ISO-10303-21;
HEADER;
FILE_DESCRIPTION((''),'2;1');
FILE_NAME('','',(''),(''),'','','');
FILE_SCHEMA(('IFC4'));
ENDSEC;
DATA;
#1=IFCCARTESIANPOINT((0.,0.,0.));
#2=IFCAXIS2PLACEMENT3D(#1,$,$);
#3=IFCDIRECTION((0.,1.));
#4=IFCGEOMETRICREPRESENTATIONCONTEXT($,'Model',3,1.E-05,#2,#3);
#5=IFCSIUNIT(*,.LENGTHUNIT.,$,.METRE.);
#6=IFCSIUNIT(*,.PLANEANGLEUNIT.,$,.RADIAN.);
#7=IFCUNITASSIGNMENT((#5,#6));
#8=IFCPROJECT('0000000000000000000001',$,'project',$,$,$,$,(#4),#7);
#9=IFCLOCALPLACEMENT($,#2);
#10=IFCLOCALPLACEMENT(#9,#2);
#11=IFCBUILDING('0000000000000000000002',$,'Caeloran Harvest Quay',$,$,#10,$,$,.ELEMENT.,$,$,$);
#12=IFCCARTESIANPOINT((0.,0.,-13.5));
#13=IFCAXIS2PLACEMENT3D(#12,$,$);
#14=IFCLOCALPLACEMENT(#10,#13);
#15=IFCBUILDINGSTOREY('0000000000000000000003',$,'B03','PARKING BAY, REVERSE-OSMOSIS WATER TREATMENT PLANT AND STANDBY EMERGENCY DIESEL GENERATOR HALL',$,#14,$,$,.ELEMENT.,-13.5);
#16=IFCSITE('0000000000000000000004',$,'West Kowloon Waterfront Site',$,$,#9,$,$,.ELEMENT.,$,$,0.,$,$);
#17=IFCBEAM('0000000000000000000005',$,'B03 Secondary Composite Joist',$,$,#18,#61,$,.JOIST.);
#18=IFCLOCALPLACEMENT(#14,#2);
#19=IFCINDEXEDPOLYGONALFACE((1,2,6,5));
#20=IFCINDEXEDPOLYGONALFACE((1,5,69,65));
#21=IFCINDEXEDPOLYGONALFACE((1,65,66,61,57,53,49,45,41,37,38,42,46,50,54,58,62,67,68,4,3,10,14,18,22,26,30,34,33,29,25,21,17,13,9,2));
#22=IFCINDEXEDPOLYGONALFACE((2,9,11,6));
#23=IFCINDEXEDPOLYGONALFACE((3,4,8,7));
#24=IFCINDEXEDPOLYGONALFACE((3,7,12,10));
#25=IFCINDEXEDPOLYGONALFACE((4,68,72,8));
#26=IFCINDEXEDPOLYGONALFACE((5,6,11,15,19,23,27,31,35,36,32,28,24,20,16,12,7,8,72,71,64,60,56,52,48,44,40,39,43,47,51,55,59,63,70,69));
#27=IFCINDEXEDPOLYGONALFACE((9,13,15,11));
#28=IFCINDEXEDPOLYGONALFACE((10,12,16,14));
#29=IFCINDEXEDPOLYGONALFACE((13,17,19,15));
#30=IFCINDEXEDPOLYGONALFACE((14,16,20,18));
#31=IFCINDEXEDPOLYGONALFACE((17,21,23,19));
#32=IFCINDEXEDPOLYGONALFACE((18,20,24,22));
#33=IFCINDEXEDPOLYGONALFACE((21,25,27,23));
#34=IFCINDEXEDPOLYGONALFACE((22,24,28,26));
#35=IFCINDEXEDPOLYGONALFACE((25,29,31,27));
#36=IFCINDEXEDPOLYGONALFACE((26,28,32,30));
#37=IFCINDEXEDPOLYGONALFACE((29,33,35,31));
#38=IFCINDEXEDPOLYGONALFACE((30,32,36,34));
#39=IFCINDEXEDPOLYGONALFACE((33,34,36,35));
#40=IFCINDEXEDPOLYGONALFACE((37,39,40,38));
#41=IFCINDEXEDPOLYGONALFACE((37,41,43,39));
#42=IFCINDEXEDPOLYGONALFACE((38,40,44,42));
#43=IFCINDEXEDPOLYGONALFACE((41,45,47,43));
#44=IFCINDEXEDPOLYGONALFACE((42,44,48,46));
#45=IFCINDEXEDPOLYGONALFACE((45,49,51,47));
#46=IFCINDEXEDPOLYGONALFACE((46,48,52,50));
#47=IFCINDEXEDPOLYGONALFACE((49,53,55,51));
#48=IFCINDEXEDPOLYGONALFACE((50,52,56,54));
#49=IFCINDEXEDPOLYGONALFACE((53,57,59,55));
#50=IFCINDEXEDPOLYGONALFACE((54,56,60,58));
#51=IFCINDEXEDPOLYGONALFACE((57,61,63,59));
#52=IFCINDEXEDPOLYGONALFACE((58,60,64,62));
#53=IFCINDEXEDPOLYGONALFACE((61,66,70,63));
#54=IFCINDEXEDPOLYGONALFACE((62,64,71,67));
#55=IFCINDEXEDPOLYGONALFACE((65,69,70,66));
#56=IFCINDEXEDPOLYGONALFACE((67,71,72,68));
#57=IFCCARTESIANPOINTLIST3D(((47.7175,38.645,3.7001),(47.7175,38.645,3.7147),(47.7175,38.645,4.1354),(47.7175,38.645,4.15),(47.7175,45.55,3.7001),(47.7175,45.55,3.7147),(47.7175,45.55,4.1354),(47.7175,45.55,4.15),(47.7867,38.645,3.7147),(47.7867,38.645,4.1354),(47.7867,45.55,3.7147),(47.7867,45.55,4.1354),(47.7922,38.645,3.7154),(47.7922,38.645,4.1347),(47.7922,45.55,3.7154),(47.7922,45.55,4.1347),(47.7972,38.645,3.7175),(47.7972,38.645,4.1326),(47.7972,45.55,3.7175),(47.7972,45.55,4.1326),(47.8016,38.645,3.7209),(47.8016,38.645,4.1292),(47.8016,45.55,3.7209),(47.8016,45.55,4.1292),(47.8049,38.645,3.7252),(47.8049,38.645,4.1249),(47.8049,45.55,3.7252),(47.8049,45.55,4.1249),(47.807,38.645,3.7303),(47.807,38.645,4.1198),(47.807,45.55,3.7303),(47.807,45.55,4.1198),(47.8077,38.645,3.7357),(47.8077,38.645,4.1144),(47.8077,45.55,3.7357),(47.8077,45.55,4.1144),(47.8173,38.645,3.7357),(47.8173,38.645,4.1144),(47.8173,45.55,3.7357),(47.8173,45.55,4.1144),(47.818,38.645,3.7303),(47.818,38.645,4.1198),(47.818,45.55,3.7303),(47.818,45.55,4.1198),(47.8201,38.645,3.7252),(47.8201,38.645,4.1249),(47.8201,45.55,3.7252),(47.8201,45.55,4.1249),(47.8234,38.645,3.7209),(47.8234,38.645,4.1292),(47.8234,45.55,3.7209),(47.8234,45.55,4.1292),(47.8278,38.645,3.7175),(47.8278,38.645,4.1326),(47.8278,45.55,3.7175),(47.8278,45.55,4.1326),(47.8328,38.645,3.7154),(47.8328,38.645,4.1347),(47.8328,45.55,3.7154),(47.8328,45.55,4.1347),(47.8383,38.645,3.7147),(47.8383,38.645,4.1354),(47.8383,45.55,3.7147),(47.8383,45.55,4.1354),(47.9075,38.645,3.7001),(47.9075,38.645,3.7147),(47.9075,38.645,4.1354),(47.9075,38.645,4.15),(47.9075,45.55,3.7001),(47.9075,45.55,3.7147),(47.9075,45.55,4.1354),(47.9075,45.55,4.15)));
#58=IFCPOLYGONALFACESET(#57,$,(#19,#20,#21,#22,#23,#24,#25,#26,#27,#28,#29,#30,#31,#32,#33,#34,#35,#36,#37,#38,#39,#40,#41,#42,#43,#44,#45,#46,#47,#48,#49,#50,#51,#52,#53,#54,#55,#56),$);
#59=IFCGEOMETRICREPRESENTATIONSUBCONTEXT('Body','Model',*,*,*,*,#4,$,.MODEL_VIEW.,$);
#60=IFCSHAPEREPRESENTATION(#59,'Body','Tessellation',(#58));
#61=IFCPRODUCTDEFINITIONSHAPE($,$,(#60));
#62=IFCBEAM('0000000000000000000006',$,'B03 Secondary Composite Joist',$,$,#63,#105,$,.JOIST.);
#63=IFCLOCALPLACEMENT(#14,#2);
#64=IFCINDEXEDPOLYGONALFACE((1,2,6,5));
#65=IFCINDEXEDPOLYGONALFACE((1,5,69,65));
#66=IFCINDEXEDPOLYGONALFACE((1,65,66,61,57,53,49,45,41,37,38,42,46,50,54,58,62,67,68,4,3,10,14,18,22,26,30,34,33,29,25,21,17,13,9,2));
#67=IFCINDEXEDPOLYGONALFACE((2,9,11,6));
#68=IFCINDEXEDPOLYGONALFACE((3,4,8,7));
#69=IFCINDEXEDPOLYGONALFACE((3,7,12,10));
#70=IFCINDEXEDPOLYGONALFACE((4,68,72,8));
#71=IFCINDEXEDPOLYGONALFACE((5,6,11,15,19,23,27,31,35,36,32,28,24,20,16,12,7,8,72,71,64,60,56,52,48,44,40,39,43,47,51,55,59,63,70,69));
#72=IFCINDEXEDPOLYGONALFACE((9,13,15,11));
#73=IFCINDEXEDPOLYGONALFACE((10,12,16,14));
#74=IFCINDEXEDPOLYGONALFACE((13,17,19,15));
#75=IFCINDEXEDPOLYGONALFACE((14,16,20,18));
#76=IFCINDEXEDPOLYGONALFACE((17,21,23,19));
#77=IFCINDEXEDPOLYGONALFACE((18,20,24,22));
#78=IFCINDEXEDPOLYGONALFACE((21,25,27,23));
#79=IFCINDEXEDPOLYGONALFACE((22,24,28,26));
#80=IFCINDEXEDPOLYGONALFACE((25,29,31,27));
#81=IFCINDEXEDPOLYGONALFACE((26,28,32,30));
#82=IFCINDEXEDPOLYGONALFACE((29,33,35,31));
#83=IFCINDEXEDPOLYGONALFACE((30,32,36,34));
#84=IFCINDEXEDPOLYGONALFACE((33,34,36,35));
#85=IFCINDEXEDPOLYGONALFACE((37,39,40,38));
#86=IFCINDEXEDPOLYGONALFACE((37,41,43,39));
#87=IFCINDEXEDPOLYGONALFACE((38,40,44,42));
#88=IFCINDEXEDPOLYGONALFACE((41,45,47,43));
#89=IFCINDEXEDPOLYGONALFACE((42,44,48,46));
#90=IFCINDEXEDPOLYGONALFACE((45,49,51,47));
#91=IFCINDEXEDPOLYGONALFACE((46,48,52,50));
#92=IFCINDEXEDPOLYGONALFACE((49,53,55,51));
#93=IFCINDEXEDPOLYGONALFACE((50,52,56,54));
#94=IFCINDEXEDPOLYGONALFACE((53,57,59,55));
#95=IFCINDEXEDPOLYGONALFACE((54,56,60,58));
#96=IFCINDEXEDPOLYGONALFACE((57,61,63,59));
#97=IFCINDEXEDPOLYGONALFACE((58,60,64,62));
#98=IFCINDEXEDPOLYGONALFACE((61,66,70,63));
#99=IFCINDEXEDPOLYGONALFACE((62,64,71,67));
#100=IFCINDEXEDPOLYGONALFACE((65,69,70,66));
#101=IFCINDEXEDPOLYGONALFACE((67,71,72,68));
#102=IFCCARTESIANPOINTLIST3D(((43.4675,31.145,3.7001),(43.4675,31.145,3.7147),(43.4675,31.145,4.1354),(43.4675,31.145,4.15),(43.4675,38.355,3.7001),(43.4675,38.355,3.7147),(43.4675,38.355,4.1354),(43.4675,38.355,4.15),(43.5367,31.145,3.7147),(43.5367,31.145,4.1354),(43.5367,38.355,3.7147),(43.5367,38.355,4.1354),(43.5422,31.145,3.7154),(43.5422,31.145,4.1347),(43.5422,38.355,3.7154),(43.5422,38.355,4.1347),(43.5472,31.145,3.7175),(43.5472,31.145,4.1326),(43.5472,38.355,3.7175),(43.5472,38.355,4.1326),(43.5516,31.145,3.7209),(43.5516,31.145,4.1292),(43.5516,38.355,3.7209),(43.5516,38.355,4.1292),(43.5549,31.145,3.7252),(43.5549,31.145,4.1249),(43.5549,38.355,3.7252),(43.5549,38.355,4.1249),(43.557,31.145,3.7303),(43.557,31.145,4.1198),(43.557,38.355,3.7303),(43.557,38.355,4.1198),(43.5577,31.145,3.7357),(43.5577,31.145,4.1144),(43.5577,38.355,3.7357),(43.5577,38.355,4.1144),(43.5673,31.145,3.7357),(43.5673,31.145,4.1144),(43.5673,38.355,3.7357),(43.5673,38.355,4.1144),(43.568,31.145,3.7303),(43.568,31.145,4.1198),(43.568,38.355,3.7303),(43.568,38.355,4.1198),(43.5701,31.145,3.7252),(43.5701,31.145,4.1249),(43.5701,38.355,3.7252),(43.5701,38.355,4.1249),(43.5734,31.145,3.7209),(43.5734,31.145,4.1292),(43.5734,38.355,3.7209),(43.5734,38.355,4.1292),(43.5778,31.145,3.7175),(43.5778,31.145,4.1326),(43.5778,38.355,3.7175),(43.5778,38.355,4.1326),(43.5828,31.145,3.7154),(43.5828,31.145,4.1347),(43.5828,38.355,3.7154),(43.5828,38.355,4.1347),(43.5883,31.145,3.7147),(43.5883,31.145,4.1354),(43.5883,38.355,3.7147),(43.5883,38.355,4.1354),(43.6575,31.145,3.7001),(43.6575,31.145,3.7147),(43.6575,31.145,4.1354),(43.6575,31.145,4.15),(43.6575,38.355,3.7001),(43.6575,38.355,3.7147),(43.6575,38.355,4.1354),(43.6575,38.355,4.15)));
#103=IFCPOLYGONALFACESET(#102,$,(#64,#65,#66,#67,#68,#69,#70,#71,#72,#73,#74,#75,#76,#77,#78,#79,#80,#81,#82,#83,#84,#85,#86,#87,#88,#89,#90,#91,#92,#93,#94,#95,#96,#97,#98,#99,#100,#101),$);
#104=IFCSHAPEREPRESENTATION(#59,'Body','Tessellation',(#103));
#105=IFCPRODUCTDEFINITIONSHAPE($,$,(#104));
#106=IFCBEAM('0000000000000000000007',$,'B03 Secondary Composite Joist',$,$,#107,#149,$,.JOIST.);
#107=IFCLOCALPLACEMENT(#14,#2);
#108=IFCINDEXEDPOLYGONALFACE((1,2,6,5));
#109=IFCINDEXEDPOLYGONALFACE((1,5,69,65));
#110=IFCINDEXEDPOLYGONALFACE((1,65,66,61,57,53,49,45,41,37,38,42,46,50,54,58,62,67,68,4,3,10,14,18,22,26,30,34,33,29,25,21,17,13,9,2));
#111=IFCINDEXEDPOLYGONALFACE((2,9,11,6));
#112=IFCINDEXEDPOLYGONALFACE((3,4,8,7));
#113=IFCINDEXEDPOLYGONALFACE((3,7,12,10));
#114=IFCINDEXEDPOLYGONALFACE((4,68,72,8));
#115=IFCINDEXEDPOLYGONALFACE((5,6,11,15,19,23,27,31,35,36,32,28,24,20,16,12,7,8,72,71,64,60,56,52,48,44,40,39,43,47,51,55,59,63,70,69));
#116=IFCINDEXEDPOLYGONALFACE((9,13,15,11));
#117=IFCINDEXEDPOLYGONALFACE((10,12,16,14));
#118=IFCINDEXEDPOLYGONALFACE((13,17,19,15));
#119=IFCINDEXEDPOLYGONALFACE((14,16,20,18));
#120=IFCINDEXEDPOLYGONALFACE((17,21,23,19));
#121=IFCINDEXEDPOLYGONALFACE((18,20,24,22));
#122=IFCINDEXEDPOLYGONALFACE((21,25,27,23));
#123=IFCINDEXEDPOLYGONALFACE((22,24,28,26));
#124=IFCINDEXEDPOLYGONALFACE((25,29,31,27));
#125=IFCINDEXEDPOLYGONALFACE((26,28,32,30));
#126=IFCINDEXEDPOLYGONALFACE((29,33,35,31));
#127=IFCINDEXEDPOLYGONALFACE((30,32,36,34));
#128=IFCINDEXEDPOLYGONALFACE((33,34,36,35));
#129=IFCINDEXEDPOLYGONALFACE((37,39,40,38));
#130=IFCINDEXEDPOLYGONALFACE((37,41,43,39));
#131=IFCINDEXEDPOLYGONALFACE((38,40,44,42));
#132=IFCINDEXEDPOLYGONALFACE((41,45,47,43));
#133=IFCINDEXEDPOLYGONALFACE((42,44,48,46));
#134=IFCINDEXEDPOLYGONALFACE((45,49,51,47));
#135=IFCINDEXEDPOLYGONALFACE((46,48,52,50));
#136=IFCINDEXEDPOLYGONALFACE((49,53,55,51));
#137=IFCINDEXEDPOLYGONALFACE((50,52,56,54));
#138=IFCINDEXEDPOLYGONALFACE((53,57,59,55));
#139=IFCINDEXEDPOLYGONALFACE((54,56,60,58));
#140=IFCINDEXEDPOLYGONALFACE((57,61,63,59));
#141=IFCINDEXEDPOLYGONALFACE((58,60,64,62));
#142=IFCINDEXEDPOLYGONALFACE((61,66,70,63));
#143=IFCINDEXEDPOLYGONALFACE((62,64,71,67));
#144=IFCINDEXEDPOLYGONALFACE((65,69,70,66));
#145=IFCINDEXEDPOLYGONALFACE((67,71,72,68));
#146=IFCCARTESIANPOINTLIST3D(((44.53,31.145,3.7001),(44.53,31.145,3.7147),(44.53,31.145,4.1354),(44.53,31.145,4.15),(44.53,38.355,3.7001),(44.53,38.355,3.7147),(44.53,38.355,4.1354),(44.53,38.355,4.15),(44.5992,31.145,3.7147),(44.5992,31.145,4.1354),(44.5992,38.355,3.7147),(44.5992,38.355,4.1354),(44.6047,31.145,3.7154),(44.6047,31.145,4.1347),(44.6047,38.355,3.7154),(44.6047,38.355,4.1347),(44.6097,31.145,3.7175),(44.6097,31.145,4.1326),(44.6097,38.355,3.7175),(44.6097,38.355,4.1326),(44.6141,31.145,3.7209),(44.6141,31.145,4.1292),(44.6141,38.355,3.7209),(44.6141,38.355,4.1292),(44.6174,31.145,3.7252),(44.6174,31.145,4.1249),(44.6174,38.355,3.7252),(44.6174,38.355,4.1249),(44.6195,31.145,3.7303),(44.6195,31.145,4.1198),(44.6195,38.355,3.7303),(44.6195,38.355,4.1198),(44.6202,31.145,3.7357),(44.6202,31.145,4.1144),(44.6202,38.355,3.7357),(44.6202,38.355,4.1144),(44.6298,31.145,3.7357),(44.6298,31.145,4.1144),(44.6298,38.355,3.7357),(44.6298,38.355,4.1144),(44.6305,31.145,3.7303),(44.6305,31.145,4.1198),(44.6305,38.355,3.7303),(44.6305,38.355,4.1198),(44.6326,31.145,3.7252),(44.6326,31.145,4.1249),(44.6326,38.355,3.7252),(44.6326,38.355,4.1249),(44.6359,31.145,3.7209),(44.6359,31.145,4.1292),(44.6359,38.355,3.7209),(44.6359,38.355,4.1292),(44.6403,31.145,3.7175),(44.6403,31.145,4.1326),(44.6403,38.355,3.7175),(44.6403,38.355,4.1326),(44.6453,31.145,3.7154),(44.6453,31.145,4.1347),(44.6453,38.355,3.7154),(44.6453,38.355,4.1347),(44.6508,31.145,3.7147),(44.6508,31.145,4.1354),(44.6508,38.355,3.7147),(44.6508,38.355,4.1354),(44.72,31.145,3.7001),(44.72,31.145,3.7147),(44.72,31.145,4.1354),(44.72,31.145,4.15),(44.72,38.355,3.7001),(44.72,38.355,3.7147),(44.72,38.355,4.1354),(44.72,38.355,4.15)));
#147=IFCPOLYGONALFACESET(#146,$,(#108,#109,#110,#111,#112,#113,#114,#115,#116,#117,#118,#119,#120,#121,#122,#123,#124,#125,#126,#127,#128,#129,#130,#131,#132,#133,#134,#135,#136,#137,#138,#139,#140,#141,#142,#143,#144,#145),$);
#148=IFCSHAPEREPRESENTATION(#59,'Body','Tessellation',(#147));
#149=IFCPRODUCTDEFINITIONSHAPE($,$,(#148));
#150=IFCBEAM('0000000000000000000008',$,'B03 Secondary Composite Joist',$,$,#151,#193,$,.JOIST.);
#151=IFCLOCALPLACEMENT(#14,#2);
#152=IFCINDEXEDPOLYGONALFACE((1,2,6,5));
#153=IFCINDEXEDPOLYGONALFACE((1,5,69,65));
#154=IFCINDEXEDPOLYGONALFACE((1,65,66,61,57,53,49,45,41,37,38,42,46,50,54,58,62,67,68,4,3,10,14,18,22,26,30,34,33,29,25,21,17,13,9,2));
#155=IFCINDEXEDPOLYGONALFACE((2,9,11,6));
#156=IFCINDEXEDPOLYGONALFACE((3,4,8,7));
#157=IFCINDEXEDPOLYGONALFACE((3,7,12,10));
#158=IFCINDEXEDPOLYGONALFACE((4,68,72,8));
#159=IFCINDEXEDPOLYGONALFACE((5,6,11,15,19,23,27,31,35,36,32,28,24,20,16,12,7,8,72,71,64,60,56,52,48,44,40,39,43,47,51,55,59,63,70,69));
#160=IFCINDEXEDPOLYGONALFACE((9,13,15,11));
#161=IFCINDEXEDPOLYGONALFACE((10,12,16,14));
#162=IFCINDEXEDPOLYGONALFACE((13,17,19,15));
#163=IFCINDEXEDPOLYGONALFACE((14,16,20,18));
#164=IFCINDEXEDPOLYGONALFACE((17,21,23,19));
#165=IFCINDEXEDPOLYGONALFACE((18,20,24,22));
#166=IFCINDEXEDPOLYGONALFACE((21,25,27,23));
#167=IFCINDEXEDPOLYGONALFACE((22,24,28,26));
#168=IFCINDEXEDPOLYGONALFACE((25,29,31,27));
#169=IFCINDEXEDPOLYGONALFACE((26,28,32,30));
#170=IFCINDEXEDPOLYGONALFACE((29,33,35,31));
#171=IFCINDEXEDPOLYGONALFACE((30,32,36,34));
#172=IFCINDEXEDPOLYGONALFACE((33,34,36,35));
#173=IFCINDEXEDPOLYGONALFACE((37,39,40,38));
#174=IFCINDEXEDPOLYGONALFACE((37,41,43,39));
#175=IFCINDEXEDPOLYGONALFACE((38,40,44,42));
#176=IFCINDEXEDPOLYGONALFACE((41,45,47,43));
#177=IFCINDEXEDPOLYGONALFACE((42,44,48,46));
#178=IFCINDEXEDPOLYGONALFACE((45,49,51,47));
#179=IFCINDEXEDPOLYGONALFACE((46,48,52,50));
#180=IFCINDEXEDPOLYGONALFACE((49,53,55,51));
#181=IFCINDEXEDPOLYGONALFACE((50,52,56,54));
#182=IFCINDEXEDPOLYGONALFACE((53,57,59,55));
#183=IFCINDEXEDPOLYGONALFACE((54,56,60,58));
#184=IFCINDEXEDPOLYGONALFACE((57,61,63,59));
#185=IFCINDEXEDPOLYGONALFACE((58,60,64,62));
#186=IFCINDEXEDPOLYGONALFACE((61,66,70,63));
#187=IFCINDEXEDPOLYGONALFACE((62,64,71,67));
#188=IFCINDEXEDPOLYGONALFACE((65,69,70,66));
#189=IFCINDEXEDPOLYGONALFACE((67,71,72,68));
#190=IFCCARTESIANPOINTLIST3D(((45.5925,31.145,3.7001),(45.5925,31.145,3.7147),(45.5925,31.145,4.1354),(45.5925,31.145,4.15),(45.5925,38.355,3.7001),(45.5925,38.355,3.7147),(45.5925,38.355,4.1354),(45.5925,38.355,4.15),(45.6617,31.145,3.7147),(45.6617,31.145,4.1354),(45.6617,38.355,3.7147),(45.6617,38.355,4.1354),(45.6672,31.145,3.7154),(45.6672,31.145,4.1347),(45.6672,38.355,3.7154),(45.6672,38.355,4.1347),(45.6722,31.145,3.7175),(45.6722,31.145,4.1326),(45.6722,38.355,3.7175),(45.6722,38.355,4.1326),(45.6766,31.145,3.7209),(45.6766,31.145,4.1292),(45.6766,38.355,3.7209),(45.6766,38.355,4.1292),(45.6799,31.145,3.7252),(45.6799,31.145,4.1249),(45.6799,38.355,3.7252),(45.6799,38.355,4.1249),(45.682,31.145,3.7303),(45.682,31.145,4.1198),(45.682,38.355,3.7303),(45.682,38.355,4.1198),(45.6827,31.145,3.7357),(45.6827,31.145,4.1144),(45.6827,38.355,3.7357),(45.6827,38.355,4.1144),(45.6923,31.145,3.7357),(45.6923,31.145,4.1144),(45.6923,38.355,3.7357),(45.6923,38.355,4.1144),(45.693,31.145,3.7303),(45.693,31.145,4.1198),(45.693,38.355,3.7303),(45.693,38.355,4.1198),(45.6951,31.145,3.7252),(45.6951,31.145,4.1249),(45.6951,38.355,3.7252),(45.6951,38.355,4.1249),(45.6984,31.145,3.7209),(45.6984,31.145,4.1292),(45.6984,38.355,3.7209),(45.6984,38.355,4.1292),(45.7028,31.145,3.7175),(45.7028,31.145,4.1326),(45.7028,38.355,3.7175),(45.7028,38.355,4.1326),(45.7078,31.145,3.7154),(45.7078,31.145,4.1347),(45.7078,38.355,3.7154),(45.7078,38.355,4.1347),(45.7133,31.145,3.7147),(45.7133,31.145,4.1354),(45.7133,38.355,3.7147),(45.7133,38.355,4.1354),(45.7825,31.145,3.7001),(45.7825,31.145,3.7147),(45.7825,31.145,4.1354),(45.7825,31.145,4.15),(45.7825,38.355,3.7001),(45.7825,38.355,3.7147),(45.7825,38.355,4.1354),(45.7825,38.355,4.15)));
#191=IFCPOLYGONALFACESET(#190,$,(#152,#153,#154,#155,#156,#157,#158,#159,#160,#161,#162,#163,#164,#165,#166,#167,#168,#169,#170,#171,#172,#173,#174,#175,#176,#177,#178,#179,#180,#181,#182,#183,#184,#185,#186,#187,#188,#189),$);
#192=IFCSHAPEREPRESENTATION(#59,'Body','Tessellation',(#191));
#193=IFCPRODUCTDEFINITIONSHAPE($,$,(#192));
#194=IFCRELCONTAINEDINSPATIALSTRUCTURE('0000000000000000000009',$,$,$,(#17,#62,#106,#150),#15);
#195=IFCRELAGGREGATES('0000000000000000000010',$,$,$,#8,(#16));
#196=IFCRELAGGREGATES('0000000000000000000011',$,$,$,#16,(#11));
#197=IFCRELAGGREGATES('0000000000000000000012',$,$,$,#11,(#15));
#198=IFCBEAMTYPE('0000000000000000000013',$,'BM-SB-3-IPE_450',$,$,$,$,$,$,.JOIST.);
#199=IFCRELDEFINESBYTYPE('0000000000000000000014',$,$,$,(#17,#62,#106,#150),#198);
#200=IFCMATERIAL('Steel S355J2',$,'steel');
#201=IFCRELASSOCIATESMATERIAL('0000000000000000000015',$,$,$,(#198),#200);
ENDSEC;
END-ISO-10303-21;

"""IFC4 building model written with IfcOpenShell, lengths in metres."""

from ifc_helpers import new_model, si_unit, direction, frame, origin, origin_2d, place, context, subcontext, project, spatial, i_section, extrude, material, material_profile, profile_set, type_object, element, save


model = new_model("IFC4")

# Units and contexts
model_context = context("Model", 3, precision=1e-05, world=origin(), true_north=direction((0.0, 1.0)))
body_context = subcontext(model_context, "Body", "Model", "MODEL_VIEW")
ifc_project = project(units=[si_unit("LENGTHUNIT", "METRE"), si_unit("PLANEANGLEUNIT", "RADIAN")], contexts=[model_context])

# Site, building, storey
site_placement = place(None, origin())
site = spatial("IfcSite", under=ifc_project, at=site_placement, Name="West Kowloon Waterfront Site", CompositionType="ELEMENT", RefElevation=0.0)
building_placement = place(site_placement, origin())
building = spatial("IfcBuilding", under=site, at=building_placement, Name="Caeloran Harvest Quay", CompositionType="ELEMENT")
storey_placement = place(building_placement, frame((0.0, 0.0, -13.5)))
storey = spatial("IfcBuildingStorey", under=building, at=storey_placement, Name="B03", Description="PARKING BAY, REVERSE-OSMOSIS WATER TREATMENT PLANT AND STANDBY EMERGENCY DIESEL GENERATOR HALL", CompositionType="ELEMENT", Elevation=-13.5)

# Beams
ifc_material_1 = material(Name="Steel S355J2", Category="steel")
ifc_material_profile_1 = material_profile(ifc_material_1, i_section(OverallWidth=0.1899, OverallDepth=0.45, WebThickness=0.0095, FlangeThickness=0.0146, FilletRadius=0.021, at=origin_2d()), Name="IPE 450")
ifc_profile_set_1 = profile_set([ifc_material_profile_1], Name="Steel S355J2")
beam_type_1 = type_object("IfcBeamType", Name="BM-SB-3-IPE_450", PredefinedType="JOIST", material=ifc_profile_set_1)
for number, where, z_axis, x_axis, name in (
    (1, (47.8125, 38.645, 3.925), (0.0, 1.0, 0.0), (-1.0, 0.0, 0.0), "B03 Secondary Composite Joist"),
):
    element("IfcBeam", number, at=place(storey_placement, frame(where, z_axis=z_axis, x_axis=x_axis)), inside=storey, type_object=beam_type_1, Name=name, PredefinedType="JOIST", context=body_context, shape_type="SweptSolid", body=[
        extrude(i_section(OverallWidth=0.1899, OverallDepth=0.45, WebThickness=0.0095, FlangeThickness=0.0146, FilletRadius=0.021, at=origin_2d()), origin(), (0.0, 0.0, 1.0), 6.905),
    ])
for number, where, z_axis, x_axis, name in (
    (2, (43.5625, 31.145, 3.925), (0.0, 1.0, 0.0), (-1.0, 0.0, 0.0), "B03 Secondary Composite Joist"),
    (3, (44.625, 31.145, 3.925), (0.0, 1.0, 0.0), (-1.0, 0.0, 0.0), "B03 Secondary Composite Joist"),
    (4, (45.6875, 31.145, 3.925), (0.0, 1.0, 0.0), (-1.0, 0.0, 0.0), "B03 Secondary Composite Joist"),
):
    element("IfcBeam", number, at=place(storey_placement, frame(where, z_axis=z_axis, x_axis=x_axis)), inside=storey, type_object=beam_type_1, Name=name, PredefinedType="JOIST", context=body_context, shape_type="SweptSolid", body=[
        extrude(i_section(OverallWidth=0.1899, OverallDepth=0.45, WebThickness=0.0095, FlangeThickness=0.0146, FilletRadius=0.021, at=origin_2d()), origin(), (0.0, 0.0, 1.0), 7.21),
    ])

save(model, "model.ifc")
